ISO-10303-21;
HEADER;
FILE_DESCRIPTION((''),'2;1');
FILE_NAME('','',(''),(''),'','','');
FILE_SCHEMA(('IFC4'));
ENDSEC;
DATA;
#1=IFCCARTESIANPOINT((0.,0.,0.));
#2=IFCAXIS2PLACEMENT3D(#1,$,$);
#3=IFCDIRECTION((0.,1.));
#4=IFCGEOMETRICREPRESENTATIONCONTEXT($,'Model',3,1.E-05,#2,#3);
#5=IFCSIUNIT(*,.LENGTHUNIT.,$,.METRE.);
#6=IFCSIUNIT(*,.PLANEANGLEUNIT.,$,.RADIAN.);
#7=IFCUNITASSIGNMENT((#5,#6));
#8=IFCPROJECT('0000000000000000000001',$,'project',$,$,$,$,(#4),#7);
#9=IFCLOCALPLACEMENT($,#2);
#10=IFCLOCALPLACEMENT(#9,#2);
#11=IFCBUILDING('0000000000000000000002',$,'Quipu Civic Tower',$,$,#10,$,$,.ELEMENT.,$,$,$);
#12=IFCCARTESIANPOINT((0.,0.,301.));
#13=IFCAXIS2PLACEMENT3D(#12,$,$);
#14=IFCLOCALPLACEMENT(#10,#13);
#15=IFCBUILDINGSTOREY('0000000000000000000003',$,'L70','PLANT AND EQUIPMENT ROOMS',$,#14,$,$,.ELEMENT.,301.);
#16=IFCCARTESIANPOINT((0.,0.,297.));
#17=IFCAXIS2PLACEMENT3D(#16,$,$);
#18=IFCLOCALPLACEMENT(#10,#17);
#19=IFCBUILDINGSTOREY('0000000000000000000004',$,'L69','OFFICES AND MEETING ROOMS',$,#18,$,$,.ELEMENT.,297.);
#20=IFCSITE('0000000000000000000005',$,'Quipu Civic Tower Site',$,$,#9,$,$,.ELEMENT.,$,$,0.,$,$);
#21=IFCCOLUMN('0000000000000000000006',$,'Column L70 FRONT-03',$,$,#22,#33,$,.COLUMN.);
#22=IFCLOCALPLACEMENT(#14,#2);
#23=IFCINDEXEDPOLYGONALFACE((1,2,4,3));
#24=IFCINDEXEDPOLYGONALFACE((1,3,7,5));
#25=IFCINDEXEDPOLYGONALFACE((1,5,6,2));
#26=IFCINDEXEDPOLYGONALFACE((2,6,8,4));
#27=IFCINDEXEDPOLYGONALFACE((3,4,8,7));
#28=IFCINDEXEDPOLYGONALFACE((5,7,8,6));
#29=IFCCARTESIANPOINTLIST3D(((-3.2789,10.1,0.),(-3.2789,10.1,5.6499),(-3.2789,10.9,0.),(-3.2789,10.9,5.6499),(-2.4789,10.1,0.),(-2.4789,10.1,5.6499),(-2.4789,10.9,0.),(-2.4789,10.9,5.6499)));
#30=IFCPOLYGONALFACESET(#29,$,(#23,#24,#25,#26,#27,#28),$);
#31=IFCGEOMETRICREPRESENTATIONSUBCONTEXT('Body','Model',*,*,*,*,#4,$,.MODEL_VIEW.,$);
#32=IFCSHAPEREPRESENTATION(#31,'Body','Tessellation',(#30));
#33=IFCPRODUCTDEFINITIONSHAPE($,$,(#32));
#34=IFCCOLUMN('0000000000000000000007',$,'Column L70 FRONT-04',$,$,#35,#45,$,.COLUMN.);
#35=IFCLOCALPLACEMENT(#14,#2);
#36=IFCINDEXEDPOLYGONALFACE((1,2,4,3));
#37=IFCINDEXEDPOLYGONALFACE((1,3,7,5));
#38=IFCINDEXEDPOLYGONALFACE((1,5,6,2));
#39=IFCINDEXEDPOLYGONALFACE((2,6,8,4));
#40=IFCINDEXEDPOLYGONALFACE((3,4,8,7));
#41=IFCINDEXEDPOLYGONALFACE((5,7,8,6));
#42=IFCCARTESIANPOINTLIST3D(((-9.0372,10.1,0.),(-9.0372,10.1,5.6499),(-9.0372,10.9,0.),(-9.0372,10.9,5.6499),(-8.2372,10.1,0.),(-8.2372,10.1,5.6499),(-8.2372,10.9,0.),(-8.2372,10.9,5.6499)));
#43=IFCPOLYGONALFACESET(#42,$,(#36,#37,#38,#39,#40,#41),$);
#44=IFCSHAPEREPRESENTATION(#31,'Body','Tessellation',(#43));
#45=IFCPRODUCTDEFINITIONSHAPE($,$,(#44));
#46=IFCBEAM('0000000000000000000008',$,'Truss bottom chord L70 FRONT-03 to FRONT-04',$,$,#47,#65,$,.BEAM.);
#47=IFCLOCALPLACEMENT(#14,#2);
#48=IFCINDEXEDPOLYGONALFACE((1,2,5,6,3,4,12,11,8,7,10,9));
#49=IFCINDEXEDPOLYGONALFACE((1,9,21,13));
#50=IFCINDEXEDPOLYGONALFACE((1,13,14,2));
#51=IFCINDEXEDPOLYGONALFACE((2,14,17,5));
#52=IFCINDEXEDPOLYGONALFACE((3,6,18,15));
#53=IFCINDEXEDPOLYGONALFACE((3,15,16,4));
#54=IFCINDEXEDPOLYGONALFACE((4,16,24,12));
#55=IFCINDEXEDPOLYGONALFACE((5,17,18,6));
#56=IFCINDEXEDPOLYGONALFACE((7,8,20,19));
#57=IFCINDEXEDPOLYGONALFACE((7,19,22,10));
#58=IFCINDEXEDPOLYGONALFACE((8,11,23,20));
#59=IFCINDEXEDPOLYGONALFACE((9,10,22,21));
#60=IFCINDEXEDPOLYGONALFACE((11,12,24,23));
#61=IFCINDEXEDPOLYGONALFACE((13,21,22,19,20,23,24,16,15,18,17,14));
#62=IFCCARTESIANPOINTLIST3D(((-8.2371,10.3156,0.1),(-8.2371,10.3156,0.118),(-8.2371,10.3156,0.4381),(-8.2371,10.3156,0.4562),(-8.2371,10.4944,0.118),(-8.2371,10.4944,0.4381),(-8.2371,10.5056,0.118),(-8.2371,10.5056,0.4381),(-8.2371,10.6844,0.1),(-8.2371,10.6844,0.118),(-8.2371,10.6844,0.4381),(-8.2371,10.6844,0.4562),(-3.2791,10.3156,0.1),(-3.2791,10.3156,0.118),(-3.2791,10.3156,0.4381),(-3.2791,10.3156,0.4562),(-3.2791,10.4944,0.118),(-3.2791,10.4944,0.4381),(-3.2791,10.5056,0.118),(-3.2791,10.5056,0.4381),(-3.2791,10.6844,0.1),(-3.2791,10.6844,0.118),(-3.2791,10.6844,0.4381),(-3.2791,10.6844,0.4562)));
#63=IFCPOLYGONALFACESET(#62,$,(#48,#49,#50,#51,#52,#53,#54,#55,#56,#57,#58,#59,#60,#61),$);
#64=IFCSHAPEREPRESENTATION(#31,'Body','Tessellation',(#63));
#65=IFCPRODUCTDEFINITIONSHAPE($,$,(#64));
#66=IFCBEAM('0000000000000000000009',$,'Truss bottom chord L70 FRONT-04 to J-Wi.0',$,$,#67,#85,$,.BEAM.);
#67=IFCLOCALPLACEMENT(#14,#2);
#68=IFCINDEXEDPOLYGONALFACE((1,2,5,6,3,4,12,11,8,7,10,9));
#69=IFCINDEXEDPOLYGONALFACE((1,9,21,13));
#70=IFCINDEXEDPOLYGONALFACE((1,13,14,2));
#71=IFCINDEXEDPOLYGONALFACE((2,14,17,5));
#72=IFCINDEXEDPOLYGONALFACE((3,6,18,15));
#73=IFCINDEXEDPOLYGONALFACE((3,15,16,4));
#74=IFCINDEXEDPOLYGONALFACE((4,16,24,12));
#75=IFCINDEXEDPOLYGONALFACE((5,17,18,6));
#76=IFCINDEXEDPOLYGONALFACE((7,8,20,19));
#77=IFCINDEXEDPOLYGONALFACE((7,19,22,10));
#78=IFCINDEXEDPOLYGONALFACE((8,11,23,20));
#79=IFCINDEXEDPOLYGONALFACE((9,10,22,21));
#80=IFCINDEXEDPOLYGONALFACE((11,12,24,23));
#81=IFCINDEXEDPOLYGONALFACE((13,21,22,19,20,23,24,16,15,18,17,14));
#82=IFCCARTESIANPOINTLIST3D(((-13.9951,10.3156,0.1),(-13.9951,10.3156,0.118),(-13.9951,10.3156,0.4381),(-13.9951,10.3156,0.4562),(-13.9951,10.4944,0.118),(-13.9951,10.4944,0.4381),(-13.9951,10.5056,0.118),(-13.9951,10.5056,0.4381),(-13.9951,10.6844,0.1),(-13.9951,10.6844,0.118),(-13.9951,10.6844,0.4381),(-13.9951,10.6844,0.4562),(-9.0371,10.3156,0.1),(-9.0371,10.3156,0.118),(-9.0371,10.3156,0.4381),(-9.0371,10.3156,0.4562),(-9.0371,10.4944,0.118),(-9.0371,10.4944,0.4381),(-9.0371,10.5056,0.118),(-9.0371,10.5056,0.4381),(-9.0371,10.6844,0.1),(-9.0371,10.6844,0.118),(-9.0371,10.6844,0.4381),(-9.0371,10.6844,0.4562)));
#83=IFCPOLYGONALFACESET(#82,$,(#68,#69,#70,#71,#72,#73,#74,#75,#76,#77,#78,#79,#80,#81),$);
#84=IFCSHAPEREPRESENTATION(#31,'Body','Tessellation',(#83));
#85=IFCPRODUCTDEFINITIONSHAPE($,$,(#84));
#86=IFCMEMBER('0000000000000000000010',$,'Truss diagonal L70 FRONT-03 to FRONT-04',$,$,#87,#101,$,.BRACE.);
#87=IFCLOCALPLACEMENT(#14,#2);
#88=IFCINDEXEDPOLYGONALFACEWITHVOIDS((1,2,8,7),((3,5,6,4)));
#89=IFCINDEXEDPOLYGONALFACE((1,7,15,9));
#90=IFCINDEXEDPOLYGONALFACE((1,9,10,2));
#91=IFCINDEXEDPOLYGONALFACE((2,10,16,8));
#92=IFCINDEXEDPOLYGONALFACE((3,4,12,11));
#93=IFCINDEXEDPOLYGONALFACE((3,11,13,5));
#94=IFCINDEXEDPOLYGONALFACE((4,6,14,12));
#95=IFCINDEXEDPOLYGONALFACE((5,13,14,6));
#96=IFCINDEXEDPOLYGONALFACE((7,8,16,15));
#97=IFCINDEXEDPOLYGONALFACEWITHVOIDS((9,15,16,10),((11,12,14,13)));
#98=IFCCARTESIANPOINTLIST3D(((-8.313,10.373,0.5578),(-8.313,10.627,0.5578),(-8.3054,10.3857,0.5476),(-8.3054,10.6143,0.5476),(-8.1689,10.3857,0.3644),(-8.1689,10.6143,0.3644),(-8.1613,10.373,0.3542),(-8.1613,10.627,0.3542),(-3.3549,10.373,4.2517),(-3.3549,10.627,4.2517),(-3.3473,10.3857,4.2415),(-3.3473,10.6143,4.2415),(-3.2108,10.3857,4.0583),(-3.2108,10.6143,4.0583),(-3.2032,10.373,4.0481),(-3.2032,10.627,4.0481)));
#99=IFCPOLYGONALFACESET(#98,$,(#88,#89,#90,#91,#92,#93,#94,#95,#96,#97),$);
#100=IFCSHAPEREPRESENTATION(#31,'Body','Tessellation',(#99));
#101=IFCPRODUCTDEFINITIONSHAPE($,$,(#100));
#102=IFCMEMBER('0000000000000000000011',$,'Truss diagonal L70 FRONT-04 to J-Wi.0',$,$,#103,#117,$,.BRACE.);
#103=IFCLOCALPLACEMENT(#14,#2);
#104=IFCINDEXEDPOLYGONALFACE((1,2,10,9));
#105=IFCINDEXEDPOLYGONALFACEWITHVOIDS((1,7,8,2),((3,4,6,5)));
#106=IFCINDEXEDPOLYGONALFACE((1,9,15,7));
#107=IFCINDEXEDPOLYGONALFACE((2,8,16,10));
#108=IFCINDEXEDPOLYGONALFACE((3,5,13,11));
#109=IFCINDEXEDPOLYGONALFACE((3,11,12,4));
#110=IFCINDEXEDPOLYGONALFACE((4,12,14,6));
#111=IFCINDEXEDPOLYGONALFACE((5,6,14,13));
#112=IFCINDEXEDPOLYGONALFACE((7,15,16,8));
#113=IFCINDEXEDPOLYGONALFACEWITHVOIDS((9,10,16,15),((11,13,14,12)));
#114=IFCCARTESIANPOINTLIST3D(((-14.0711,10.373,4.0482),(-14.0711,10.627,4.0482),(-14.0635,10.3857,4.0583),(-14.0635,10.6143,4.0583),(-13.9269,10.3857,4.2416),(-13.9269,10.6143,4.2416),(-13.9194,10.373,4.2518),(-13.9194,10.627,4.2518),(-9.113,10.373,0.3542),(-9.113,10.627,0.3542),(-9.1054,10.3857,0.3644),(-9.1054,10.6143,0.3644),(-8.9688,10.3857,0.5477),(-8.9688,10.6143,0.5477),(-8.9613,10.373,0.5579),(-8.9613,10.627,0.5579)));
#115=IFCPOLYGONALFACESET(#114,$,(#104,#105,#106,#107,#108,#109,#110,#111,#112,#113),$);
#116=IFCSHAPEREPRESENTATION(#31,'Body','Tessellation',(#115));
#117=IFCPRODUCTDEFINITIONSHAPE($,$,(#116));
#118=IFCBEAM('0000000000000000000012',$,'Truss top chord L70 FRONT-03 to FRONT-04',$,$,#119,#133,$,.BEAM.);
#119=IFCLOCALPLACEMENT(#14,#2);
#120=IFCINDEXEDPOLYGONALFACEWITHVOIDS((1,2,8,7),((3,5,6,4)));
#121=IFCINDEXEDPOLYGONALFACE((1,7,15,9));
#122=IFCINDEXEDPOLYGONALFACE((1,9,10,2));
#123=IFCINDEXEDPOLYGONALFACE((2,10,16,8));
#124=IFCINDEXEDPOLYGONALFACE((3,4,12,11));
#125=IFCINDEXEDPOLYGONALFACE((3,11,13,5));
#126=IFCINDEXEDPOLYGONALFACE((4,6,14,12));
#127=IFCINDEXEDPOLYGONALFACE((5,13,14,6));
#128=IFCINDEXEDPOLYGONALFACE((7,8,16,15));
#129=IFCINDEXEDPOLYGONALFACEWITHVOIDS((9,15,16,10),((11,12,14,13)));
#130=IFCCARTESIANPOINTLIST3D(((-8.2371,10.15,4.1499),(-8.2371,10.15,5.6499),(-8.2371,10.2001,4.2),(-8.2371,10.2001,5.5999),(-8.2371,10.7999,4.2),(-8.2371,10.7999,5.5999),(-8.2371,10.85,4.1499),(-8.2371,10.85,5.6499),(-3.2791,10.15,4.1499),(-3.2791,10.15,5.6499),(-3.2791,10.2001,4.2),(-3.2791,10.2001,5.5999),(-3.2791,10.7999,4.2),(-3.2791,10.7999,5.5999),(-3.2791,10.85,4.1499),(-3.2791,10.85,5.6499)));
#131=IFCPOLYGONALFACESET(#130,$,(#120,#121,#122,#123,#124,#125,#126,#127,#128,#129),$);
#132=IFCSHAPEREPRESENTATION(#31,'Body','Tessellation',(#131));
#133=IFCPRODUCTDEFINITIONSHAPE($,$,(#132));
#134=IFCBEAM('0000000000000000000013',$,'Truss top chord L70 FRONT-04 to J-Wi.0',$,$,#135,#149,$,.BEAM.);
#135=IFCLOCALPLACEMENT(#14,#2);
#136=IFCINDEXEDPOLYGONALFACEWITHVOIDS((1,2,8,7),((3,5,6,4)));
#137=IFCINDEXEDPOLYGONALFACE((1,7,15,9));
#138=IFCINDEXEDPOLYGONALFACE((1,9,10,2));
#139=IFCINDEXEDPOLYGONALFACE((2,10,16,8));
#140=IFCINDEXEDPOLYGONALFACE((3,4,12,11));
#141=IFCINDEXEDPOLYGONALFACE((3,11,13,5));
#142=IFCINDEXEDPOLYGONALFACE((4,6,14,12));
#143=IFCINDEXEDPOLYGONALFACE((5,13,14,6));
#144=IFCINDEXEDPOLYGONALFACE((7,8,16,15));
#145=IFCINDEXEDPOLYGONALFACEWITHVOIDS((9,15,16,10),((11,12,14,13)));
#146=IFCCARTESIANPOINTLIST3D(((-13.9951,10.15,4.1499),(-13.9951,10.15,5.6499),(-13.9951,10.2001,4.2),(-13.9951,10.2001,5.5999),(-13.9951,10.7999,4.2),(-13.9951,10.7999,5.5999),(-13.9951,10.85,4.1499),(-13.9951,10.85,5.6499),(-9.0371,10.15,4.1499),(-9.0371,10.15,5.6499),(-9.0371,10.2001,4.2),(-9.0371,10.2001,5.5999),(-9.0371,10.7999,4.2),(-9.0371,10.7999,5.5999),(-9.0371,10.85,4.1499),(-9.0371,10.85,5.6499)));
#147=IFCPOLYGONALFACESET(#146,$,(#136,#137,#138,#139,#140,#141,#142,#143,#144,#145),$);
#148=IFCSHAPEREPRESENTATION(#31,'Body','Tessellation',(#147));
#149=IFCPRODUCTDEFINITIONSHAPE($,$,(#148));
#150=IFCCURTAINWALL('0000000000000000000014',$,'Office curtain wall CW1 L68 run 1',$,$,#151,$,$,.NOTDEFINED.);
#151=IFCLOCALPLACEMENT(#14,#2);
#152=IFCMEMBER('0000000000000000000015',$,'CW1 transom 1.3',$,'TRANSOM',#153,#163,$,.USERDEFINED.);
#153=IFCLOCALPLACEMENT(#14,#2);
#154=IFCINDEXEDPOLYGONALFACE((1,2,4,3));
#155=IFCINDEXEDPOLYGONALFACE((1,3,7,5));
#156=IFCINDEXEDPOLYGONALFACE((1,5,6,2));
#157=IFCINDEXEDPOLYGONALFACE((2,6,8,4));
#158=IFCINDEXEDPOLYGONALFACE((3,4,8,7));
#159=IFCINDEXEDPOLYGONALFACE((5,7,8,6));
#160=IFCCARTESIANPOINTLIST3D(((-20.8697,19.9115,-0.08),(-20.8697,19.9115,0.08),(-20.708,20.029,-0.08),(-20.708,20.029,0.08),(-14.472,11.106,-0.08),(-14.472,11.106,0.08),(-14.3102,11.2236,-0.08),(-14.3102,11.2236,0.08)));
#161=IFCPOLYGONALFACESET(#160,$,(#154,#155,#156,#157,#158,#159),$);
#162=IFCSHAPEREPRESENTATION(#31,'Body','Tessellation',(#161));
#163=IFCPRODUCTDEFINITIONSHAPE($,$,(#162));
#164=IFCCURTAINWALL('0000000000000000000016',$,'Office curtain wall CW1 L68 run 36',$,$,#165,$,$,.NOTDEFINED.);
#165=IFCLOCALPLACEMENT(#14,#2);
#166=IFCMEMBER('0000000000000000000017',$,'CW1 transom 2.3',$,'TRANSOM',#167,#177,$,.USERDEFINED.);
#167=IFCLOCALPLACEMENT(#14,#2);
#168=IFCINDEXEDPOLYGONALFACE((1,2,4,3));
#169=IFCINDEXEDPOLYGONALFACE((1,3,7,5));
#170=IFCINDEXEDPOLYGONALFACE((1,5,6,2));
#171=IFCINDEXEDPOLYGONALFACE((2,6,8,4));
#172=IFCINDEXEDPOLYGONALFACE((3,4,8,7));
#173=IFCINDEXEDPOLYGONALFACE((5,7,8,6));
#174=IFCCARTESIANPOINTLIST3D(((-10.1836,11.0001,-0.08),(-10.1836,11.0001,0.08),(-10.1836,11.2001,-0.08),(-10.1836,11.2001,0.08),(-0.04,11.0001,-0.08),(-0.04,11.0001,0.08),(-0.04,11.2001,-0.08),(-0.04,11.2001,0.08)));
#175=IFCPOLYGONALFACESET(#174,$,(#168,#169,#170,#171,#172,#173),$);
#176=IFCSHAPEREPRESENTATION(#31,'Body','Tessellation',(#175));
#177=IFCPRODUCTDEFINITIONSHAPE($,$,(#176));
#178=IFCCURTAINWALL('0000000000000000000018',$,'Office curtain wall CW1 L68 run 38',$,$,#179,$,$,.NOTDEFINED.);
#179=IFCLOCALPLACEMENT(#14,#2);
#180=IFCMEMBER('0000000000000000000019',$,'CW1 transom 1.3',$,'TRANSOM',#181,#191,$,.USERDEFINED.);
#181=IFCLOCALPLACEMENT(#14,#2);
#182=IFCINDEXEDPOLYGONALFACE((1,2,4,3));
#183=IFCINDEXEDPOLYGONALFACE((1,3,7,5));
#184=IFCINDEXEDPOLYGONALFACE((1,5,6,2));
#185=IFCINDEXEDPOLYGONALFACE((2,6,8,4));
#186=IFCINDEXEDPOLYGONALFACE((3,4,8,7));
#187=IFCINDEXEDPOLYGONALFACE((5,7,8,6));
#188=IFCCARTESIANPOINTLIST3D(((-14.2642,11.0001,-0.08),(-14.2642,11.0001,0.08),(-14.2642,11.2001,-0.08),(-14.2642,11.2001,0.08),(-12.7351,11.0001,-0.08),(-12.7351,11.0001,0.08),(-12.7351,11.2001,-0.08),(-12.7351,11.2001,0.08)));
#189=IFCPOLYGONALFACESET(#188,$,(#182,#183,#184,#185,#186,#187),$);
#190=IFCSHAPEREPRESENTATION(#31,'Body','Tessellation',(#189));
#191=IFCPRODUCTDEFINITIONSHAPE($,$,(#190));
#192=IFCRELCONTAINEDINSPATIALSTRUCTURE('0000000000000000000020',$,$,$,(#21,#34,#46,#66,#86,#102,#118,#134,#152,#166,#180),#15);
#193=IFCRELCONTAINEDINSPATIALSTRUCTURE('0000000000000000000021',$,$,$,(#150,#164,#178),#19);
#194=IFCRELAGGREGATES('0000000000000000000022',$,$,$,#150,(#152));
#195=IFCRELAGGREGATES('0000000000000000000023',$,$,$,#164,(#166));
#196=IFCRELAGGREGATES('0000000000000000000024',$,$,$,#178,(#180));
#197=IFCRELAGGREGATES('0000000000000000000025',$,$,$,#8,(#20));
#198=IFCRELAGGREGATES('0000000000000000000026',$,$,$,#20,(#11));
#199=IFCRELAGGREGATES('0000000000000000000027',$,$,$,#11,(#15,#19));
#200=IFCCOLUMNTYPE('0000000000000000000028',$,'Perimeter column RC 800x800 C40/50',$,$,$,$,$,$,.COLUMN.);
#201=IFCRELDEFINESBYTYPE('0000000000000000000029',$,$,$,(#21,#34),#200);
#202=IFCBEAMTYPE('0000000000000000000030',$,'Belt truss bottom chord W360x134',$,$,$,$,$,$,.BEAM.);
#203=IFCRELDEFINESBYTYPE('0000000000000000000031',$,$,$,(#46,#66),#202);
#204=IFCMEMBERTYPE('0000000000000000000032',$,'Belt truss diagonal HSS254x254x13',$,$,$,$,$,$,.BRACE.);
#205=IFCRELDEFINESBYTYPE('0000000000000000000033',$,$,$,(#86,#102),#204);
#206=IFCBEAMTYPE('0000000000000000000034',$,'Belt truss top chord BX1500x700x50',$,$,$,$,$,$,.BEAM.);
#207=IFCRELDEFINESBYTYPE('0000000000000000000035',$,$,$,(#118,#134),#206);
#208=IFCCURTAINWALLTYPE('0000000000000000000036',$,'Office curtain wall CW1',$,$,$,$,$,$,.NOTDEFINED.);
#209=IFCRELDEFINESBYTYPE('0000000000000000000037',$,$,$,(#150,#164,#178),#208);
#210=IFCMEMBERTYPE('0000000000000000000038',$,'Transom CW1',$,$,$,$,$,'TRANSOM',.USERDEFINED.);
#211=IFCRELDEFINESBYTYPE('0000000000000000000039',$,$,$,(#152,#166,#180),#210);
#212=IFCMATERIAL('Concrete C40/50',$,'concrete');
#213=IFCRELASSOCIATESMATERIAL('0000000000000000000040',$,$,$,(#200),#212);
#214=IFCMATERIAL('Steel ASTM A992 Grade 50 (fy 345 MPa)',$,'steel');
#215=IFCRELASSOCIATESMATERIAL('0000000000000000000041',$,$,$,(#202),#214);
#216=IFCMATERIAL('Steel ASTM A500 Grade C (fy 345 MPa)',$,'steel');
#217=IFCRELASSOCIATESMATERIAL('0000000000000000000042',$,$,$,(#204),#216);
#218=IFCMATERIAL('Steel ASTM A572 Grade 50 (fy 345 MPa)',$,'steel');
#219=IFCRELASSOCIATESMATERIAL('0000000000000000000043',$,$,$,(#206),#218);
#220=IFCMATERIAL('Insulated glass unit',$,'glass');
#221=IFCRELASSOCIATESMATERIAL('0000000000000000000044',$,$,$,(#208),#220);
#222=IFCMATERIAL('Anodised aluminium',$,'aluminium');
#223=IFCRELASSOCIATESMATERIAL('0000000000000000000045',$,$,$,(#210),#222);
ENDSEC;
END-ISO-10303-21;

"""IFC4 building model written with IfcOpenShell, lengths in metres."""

from ifc_helpers import new_model, si_unit, direction, frame, origin, origin_2d, place, context, subcontext, project, spatial, rectangle, hollow_rectangle, i_section, extrude, material, material_profile, profile_set, type_object, element, aggregate, save


model = new_model("IFC4")

# Units and contexts
model_context = context("Model", 3, precision=1e-05, world=origin(), true_north=direction((0.0, 1.0)))
body_context = subcontext(model_context, "Body", "Model", "MODEL_VIEW")
ifc_project = project(units=[si_unit("LENGTHUNIT", "METRE"), si_unit("PLANEANGLEUNIT", "RADIAN")], contexts=[model_context])

# Site, building, storey
site_placement = place(None, origin())
site = spatial("IfcSite", under=ifc_project, at=site_placement, Name="Quipu Civic Tower Site", CompositionType="ELEMENT", RefElevation=0.0)
building_placement = place(site_placement, origin())
building = spatial("IfcBuilding", under=site, at=building_placement, Name="Quipu Civic Tower", CompositionType="ELEMENT")
storey_1_placement = place(building_placement, frame((0.0, 0.0, 301.0)))
storey_1 = spatial("IfcBuildingStorey", under=building, at=storey_1_placement, Name="L70", Description="PLANT AND EQUIPMENT ROOMS", CompositionType="ELEMENT", Elevation=301.0)

# Columns
ifc_material_1 = material(Name="Concrete C40/50", Category="concrete")
ifc_material_profile_1 = material_profile(ifc_material_1, rectangle(XDim=0.8, YDim=0.8, at=origin_2d()), Name="RC800x800")
ifc_profile_set_1 = profile_set([ifc_material_profile_1], Name="Concrete C40/50")
column_type = type_object("IfcColumnType", Name="Perimeter column RC 800x800 C40/50", PredefinedType="COLUMN", material=ifc_profile_set_1)
for number, where, z_axis, x_axis, name in (
    (1, (-2.8789, 10.5, 0.0), (0.0, 0.0, 1.0), (-1.0, 0.0, 0.0), "Column L70 FRONT-03"),
    (2, (-8.6372, 10.5, 0.0), (0.0, 0.0, 1.0), (-1.0, 0.0, 0.0), "Column L70 FRONT-04"),
):
    element("IfcColumn", number, at=place(storey_1_placement, frame(where, z_axis=z_axis, x_axis=x_axis)), inside=storey_1, type_object=column_type, Name=name, PredefinedType="COLUMN", context=body_context, shape_type="SweptSolid", body=[
        extrude(rectangle(XDim=0.8, YDim=0.8, at=origin_2d()), origin(), (0.0, 0.0, 1.0), 5.6499),
    ])

# Beams
ifc_material_2 = material(Name="Steel ASTM A992 Grade 50 (fy 345 MPa)", Category="steel")
ifc_material_profile_2 = material_profile(ifc_material_2, i_section(OverallWidth=0.3689, OverallDepth=0.3562, WebThickness=0.0112, FlangeThickness=0.0181, at=origin_2d()), Name="W360x134")
ifc_profile_set_2 = profile_set([ifc_material_profile_2], Name="Steel ASTM A992 Grade 50 (fy 345 MPa)")
beam_type_1 = type_object("IfcBeamType", Name="Belt truss bottom chord W360x134", PredefinedType="BEAM", material=ifc_profile_set_2)
for number, where, z_axis, x_axis, name in (
    (3, (-3.2791, 10.5, 0.2781), (-1.0, 0.0, 0.0), (0.0, -1.0, 0.0), "Truss bottom chord L70 FRONT-03 to FRONT-04"),
    (4, (-9.0371, 10.5, 0.2781), (-1.0, 0.0, 0.0), (0.0, -1.0, 0.0), "Truss bottom chord L70 FRONT-04 to J-Wi.0"),
):
    element("IfcBeam", number, at=place(storey_1_placement, frame(where, z_axis=z_axis, x_axis=x_axis)), inside=storey_1, type_object=beam_type_1, Name=name, PredefinedType="BEAM", context=body_context, shape_type="SweptSolid", body=[
        extrude(i_section(OverallWidth=0.3689, OverallDepth=0.3562, WebThickness=0.0112, FlangeThickness=0.0181, at=origin_2d()), origin(), (0.0, 0.0, 1.0), 4.958),
    ])

# Members
ifc_material_3 = material(Name="Steel ASTM A500 Grade C (fy 345 MPa)", Category="steel")
ifc_material_profile_3 = material_profile(ifc_material_3, hollow_rectangle(XDim=0.2539, YDim=0.2539, WallThickness=0.0127, at=origin_2d()), Name="HSS254x254x13")
ifc_profile_set_3 = profile_set([ifc_material_profile_3], Name="Steel ASTM A500 Grade C (fy 345 MPa)")
member_type_1 = type_object("IfcMemberType", Name="Belt truss diagonal HSS254x254x13", PredefinedType="BRACE", material=ifc_profile_set_3)
for number, where, z_axis, x_axis, name in (
    (5, (-3.2791, 10.5, 4.1499), (-0.80191, 0.0, -0.597444), (0.0, -1.0, 0.0), "Truss diagonal L70 FRONT-03 to FRONT-04"),
    (6, (-9.0371, 10.5, 0.4561), (-0.80191, 0.0, 0.597444), (0.0, -1.0, 0.0), "Truss diagonal L70 FRONT-04 to J-Wi.0"),
):
    element("IfcMember", number, at=place(storey_1_placement, frame(where, z_axis=z_axis, x_axis=x_axis)), inside=storey_1, type_object=member_type_1, Name=name, PredefinedType="BRACE", context=body_context, shape_type="SweptSolid", body=[
        extrude(hollow_rectangle(XDim=0.2539, YDim=0.2539, WallThickness=0.0127, at=origin_2d()), origin(), (0.0, 0.0, 1.0), 6.1829),
    ])

# Beams
ifc_material_4 = material(Name="Steel ASTM A572 Grade 50 (fy 345 MPa)", Category="steel")
ifc_material_profile_4 = material_profile(ifc_material_4, hollow_rectangle(XDim=0.7, YDim=1.5, WallThickness=0.05, at=origin_2d()), Name="BX1500x700x50")
ifc_profile_set_4 = profile_set([ifc_material_profile_4], Name="Steel ASTM A572 Grade 50 (fy 345 MPa)")
beam_type_2 = type_object("IfcBeamType", Name="Belt truss top chord BX1500x700x50", PredefinedType="BEAM", material=ifc_profile_set_4)
for number, where, z_axis, x_axis, name in (
    (7, (-3.2791, 10.5, 4.8999), (-1.0, 0.0, 0.0), (0.0, -1.0, 0.0), "Truss top chord L70 FRONT-03 to FRONT-04"),
    (8, (-9.0371, 10.5, 4.8999), (-1.0, 0.0, 0.0), (0.0, -1.0, 0.0), "Truss top chord L70 FRONT-04 to J-Wi.0"),
):
    element("IfcBeam", number, at=place(storey_1_placement, frame(where, z_axis=z_axis, x_axis=x_axis)), inside=storey_1, type_object=beam_type_2, Name=name, PredefinedType="BEAM", context=body_context, shape_type="SweptSolid", body=[
        extrude(hollow_rectangle(XDim=0.7, YDim=1.5, WallThickness=0.05, at=origin_2d()), origin(), (0.0, 0.0, 1.0), 4.958),
    ])

# Shared definitions
storey_2_placement = place(building_placement, frame((0.0, 0.0, 297.0)))
storey_2 = spatial("IfcBuildingStorey", under=building, at=storey_2_placement, Name="L69", Description="OFFICES AND MEETING ROOMS", CompositionType="ELEMENT", Elevation=297.0)

# Curtain walls, members
ifc_material_5 = material(Name="Insulated glass unit", Category="glass")
curtain_wall_type = type_object("IfcCurtainWallType", Name="Office curtain wall CW1", PredefinedType="NOTDEFINED", material=ifc_material_5)
curtain_wall_1_placement = place(storey_2_placement, origin())
curtain_wall_1 = element("IfcCurtainWall", 9, at=curtain_wall_1_placement, inside=storey_2, type_object=curtain_wall_type, Name="Office curtain wall CW1 L68 run 1", PredefinedType="NOTDEFINED")
ifc_material_6 = material(Name="Anodised aluminium", Category="aluminium")
ifc_material_profile_5 = material_profile(ifc_material_6, rectangle(XDim=0.2, YDim=0.1599, at=origin_2d()), Name="RECT 200x160")
ifc_profile_set_5 = profile_set([ifc_material_profile_5], Name="Anodised aluminium")
member_type_2 = type_object("IfcMemberType", Name="Transom CW1", ElementType="TRANSOM", PredefinedType="USERDEFINED", material=ifc_profile_set_5)
member_1_placement = place(storey_1_placement, frame((-14.3911, 11.1648, 0.0), z_axis=(-0.587797, 0.809009, 0.0), x_axis=(-0.809009, -0.587797, 0.0)))
member_1 = element("IfcMember", 10, at=member_1_placement, inside=storey_1, type_object=member_type_2, Name="CW1 transom 1.3", ObjectType="TRANSOM", PredefinedType="USERDEFINED", context=body_context, shape_type="SweptSolid", body=[
    extrude(rectangle(XDim=0.2, YDim=0.1599, at=origin_2d()), origin(), (0.0, 0.0, 1.0), 10.8843),
])
aggregate(curtain_wall_1, [member_1])
curtain_wall_2_placement = place(storey_2_placement, origin())
curtain_wall_2 = element("IfcCurtainWall", 11, at=curtain_wall_2_placement, inside=storey_2, type_object=curtain_wall_type, Name="Office curtain wall CW1 L68 run 36", PredefinedType="NOTDEFINED")
member_2_placement = place(storey_1_placement, frame((-0.04, 11.1001, 0.0), z_axis=(-1.0, 0.0, 0.0), x_axis=(0.0, -1.0, 0.0)))
member_2 = element("IfcMember", 12, at=member_2_placement, inside=storey_1, type_object=member_type_2, Name="CW1 transom 2.3", ObjectType="TRANSOM", PredefinedType="USERDEFINED", context=body_context, shape_type="SweptSolid", body=[
    extrude(rectangle(XDim=0.2, YDim=0.1599, at=origin_2d()), origin(), (0.0, 0.0, 1.0), 10.1436),
])
aggregate(curtain_wall_2, [member_2])
curtain_wall_3_placement = place(storey_2_placement, origin())
curtain_wall_3 = element("IfcCurtainWall", 13, at=curtain_wall_3_placement, inside=storey_2, type_object=curtain_wall_type, Name="Office curtain wall CW1 L68 run 38", PredefinedType="NOTDEFINED")
member_3_placement = place(storey_1_placement, frame((-12.7351, 11.1001, 0.0), z_axis=(-1.0, 0.0, 0.0), x_axis=(0.0, -1.0, 0.0)))
member_3 = element("IfcMember", 14, at=member_3_placement, inside=storey_1, type_object=member_type_2, Name="CW1 transom 1.3", ObjectType="TRANSOM", PredefinedType="USERDEFINED", context=body_context, shape_type="SweptSolid", body=[
    extrude(rectangle(XDim=0.2, YDim=0.1599, at=origin_2d()), origin(), (0.0, 0.0, 1.0), 1.5291),
])
aggregate(curtain_wall_3, [member_3])

save(model, "model.ifc")
